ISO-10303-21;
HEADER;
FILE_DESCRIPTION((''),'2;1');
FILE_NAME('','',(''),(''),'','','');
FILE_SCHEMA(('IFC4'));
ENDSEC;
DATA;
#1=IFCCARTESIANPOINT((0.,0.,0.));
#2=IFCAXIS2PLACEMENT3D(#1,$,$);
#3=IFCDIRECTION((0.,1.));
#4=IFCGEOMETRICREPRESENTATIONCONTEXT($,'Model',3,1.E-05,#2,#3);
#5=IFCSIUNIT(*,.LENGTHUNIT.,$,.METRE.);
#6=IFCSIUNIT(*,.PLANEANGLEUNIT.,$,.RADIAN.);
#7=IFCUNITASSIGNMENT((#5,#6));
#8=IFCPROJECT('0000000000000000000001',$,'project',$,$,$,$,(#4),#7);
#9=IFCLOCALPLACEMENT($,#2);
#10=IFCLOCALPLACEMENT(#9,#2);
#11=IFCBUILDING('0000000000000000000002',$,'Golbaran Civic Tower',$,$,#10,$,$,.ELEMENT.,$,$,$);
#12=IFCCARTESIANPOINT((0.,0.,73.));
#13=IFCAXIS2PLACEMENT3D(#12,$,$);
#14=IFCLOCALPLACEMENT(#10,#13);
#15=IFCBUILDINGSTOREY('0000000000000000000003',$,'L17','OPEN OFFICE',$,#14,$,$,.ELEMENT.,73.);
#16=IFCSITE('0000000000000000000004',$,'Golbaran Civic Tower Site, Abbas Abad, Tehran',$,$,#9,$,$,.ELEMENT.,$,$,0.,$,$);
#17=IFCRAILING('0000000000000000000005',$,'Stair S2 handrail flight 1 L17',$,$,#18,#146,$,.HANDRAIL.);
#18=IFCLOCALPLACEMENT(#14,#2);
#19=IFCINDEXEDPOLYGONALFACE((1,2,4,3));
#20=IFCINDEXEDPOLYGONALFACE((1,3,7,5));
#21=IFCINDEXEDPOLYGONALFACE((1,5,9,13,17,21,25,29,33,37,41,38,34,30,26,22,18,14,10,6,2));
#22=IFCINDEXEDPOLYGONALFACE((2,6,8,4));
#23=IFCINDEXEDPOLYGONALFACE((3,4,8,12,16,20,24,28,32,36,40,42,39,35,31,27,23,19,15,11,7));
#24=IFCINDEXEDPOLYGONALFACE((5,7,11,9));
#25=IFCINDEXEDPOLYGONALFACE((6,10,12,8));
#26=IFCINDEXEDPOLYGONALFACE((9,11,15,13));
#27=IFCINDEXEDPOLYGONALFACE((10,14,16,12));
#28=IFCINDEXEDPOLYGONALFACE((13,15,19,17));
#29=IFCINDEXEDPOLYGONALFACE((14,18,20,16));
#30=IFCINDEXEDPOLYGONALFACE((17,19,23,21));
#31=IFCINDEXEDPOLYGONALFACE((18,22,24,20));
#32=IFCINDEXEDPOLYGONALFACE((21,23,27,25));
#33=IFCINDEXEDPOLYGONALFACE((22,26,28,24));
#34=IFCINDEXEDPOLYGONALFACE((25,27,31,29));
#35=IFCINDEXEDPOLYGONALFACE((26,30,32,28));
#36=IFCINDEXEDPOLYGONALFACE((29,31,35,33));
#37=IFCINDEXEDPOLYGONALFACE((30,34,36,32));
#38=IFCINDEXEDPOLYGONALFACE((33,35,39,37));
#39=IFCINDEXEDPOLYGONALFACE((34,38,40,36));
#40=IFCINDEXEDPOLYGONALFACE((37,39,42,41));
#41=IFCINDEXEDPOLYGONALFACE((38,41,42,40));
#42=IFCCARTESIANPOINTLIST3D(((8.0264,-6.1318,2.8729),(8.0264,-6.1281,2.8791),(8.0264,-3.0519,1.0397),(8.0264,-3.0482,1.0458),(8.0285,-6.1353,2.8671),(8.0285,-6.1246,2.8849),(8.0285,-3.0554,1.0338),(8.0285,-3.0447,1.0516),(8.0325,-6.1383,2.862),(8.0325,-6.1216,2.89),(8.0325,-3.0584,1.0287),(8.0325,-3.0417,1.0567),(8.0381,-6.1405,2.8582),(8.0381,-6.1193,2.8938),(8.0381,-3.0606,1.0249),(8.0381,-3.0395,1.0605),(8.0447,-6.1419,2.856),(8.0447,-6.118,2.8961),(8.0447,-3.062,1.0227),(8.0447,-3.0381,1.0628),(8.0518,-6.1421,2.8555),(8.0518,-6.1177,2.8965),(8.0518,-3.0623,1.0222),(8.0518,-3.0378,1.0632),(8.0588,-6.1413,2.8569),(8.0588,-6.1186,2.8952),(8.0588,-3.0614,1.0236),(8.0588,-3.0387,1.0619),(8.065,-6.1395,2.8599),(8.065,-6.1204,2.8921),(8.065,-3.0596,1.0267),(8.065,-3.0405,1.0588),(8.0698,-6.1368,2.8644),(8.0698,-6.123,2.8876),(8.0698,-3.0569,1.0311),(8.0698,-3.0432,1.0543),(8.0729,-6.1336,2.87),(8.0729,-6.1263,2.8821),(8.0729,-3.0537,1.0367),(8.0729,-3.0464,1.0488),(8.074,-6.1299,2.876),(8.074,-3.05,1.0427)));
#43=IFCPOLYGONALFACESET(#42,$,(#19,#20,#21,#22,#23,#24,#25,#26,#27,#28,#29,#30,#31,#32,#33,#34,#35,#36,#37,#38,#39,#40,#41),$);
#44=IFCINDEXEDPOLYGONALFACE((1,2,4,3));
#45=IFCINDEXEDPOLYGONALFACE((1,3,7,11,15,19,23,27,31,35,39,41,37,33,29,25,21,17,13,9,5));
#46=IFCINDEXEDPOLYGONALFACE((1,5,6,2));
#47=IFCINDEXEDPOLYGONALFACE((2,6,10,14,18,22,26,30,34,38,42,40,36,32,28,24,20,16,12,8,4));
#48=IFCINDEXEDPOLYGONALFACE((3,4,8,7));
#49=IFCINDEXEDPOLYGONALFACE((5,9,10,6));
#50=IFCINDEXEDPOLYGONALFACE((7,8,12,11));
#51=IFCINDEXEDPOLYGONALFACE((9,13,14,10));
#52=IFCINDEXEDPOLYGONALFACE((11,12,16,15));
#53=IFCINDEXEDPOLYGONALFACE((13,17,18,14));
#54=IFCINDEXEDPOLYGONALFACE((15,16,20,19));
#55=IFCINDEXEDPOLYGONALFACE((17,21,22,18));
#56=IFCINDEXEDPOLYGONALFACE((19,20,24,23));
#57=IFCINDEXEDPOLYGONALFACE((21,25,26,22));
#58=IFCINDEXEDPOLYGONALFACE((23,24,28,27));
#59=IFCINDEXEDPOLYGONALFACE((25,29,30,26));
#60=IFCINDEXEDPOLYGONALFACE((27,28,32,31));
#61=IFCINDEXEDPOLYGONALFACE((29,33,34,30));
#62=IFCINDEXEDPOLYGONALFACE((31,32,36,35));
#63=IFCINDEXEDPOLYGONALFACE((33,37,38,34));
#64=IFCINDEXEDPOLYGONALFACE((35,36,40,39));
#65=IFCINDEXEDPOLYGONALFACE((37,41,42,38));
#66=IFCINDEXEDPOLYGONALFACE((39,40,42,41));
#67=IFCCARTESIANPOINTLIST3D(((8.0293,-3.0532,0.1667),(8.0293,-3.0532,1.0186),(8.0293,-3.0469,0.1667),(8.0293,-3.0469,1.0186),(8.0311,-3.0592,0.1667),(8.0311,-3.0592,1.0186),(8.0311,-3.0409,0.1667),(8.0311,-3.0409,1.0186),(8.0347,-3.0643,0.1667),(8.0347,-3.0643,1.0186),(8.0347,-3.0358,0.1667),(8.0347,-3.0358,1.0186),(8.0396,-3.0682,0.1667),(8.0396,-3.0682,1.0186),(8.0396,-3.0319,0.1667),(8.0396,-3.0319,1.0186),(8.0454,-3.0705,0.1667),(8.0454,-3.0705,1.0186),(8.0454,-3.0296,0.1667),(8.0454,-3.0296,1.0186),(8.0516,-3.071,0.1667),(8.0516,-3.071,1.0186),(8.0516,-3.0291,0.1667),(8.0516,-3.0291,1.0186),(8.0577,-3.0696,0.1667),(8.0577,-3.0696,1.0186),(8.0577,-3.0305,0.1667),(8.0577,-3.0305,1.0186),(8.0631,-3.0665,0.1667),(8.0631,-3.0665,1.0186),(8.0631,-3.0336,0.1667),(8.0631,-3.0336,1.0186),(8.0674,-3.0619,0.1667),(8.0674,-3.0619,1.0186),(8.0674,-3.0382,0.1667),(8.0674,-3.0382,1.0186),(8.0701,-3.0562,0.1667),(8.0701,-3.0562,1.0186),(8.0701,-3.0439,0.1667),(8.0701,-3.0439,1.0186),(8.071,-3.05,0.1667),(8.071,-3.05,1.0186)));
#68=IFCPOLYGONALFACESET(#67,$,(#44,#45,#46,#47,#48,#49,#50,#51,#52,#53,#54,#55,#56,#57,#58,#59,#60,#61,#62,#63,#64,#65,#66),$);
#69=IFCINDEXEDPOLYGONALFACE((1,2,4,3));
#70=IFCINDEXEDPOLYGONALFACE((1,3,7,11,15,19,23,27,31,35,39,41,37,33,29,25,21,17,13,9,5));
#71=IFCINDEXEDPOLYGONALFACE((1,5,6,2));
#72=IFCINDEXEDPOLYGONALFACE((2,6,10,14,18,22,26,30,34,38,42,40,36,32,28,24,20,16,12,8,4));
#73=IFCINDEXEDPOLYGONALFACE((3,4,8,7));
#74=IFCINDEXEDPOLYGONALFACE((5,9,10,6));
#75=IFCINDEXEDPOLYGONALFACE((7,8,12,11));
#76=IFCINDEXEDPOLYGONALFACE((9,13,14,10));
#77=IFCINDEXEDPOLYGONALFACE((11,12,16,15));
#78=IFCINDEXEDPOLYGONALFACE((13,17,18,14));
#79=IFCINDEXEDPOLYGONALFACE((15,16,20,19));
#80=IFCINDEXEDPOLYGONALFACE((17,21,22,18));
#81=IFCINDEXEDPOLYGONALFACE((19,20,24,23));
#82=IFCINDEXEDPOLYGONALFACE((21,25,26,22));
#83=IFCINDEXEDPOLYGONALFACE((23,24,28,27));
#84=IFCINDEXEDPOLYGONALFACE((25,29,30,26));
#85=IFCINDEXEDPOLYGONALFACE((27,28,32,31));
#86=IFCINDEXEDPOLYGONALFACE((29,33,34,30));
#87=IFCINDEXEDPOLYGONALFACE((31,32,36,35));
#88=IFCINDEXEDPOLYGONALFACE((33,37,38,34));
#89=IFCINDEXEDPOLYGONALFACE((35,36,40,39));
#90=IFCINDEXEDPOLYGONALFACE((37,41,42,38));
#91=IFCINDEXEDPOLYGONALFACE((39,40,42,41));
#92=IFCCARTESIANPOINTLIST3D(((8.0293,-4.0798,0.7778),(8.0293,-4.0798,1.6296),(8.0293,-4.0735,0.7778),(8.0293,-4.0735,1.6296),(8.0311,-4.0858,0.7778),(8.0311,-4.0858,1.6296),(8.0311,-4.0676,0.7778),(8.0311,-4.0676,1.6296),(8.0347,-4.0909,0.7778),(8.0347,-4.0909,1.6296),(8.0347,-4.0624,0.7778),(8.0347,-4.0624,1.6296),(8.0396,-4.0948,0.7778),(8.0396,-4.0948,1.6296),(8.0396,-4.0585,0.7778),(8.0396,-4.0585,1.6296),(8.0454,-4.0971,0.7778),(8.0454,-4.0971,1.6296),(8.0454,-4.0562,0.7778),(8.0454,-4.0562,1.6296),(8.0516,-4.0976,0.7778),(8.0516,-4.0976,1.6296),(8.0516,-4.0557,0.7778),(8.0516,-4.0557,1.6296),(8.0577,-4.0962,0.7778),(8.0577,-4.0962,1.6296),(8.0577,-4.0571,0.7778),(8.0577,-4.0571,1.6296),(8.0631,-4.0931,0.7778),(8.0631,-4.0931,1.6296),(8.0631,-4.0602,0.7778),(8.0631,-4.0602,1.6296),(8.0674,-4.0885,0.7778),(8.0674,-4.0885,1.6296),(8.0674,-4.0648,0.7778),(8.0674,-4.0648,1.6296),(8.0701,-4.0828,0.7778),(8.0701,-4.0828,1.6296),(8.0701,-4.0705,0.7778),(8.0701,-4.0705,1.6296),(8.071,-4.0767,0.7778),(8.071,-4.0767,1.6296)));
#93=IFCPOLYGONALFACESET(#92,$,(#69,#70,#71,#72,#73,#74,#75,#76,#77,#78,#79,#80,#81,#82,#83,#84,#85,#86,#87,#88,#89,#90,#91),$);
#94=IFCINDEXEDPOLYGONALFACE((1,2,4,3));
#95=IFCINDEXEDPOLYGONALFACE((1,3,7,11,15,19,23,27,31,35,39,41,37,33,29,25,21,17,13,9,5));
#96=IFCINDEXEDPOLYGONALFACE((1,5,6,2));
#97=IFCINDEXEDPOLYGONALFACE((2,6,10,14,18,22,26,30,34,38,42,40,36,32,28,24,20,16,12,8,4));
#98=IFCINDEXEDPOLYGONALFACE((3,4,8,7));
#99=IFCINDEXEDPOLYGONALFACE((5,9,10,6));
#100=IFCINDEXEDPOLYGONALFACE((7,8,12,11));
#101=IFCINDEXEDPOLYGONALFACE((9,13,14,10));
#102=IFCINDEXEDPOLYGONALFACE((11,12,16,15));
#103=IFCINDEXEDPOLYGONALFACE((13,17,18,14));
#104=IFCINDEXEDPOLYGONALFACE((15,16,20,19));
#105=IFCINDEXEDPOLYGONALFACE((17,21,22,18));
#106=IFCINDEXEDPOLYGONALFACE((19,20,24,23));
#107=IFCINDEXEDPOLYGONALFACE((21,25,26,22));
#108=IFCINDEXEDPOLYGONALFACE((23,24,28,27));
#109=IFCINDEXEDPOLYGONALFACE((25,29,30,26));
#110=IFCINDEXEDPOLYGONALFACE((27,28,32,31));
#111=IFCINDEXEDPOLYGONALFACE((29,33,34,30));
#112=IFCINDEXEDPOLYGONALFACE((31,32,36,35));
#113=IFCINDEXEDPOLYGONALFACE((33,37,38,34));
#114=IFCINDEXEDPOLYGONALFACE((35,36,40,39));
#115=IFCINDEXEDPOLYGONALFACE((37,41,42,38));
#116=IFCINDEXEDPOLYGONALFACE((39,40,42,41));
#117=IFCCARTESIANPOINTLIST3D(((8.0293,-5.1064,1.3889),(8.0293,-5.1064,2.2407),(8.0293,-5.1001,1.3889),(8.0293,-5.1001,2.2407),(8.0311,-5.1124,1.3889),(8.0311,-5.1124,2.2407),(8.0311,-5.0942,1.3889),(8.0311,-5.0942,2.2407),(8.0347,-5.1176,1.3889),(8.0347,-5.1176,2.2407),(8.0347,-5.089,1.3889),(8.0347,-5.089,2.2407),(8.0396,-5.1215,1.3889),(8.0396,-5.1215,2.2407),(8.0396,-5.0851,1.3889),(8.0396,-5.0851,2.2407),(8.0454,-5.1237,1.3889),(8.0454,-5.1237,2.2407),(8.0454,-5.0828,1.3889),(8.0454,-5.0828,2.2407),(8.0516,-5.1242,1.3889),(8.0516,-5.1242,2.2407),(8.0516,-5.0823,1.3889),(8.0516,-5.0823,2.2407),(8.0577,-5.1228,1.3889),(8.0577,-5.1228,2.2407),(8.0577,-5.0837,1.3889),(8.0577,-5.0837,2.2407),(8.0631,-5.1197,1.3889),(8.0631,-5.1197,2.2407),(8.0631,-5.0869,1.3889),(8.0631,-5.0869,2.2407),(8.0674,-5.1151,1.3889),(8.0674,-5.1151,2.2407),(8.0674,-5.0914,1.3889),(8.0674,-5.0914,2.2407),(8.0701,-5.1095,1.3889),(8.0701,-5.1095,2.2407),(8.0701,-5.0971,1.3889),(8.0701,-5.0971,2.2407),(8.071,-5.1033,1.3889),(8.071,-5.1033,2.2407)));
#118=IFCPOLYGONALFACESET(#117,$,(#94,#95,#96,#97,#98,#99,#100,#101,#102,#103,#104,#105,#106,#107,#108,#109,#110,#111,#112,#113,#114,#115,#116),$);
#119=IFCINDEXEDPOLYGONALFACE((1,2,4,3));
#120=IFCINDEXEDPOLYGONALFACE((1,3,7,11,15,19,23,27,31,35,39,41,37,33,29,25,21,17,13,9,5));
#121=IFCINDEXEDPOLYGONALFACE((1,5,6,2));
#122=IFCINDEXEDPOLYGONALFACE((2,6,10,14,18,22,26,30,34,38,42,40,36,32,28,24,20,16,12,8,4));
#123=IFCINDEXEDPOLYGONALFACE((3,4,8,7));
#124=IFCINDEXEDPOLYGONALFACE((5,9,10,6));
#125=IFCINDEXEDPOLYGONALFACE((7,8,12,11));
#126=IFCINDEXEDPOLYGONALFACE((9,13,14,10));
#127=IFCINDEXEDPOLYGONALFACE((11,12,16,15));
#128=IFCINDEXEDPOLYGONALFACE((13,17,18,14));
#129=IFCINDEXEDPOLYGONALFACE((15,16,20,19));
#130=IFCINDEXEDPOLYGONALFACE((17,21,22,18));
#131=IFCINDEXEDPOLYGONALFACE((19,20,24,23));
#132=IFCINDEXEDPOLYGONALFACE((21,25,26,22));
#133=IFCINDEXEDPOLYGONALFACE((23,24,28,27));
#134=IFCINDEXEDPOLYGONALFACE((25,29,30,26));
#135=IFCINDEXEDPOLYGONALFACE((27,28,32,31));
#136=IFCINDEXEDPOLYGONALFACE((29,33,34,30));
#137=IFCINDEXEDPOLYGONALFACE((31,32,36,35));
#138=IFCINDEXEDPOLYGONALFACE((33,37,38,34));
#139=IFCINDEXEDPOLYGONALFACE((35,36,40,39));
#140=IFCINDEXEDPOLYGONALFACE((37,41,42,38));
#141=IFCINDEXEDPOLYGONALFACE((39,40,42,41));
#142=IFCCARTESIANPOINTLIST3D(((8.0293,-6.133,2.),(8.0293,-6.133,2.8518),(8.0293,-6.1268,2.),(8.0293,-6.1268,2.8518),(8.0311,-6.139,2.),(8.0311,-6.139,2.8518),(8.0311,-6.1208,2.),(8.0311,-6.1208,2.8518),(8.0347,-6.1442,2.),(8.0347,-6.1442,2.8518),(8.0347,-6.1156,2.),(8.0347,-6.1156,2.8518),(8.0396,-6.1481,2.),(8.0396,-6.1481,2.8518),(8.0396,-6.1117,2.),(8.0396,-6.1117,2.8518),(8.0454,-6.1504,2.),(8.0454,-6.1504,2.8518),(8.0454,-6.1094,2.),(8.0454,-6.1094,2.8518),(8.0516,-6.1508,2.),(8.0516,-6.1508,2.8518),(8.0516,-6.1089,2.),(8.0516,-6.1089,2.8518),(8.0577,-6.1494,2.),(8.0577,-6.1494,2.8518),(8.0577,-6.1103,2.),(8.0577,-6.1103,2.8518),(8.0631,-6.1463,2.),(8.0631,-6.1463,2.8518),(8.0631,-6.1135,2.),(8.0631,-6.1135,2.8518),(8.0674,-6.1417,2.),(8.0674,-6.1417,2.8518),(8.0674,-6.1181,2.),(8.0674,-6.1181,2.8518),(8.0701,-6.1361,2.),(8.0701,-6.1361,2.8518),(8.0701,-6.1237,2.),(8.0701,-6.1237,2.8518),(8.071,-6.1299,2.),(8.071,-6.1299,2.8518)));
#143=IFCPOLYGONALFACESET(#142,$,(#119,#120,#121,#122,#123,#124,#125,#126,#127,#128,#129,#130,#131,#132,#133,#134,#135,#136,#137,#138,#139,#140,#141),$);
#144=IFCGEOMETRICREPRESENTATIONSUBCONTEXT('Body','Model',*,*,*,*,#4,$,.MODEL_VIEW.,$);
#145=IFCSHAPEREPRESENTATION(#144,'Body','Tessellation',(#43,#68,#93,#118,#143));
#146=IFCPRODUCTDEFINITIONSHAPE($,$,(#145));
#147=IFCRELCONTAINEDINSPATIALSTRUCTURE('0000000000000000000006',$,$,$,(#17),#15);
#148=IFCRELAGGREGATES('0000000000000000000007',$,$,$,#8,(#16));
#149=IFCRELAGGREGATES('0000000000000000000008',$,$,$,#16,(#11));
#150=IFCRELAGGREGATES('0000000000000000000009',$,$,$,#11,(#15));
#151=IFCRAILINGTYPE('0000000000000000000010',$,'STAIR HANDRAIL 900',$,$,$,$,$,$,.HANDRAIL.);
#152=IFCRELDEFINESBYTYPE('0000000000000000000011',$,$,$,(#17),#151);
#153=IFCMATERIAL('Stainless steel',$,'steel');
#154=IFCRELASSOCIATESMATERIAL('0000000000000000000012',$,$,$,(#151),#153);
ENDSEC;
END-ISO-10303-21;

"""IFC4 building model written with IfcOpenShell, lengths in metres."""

from ifc_helpers import new_model, si_unit, direction, frame, origin, origin_2d, place, context, subcontext, project, spatial, circle, extrude, material, type_object, element, save


model = new_model("IFC4")

# Units and contexts
model_context = context("Model", 3, precision=1e-05, world=origin(), true_north=direction((0.0, 1.0)))
body_context = subcontext(model_context, "Body", "Model", "MODEL_VIEW")
ifc_project = project(units=[si_unit("LENGTHUNIT", "METRE"), si_unit("PLANEANGLEUNIT", "RADIAN")], contexts=[model_context])

# Site, building, storey
site_placement = place(None, origin())
site = spatial("IfcSite", under=ifc_project, at=site_placement, Name="Golbaran Civic Tower Site, Abbas Abad, Tehran", CompositionType="ELEMENT", RefElevation=0.0)
building_placement = place(site_placement, origin())
building = spatial("IfcBuilding", under=site, at=building_placement, Name="Golbaran Civic Tower", CompositionType="ELEMENT")
storey_placement = place(building_placement, frame((0.0, 0.0, 73.0)))
storey = spatial("IfcBuildingStorey", under=building, at=storey_placement, Name="L17", Description="OPEN OFFICE", CompositionType="ELEMENT", Elevation=73.0)

# Shared definitions
ifc_material_1 = material(Name="Stainless steel", Category="steel")

# Railing
railing_type = type_object("IfcRailingType", Name="STAIR HANDRAIL 900", PredefinedType="HANDRAIL", material=ifc_material_1)
railing_1_placement = place(storey_placement, frame((8.05, -3.05, 0.1667)))
element("IfcRailing", 1, at=railing_1_placement, inside=storey, type_object=railing_type, Name="Stair S2 handrail flight 1 L17", PredefinedType="HANDRAIL", context=body_context, shape_type="SweptSolid", body=[
    extrude(circle(Radius=0.0239, at=origin_2d()), frame((0.0, 0.0, 0.876), z_axis=(0.0, -0.859291, 0.511487), x_axis=(1.0, 0.0, 0.0)), (0.0, 0.0, 1.0), 3.5842),
    extrude(circle(Radius=0.021, at=origin_2d()), origin(), (0.0, 0.0, 1.0), 0.8518),
    extrude(circle(Radius=0.021, at=origin_2d()), frame((0.0, -1.0266, 0.6111)), (0.0, 0.0, 1.0), 0.8518),
    extrude(circle(Radius=0.021, at=origin_2d()), frame((0.0, -2.0532, 1.2222)), (0.0, 0.0, 1.0), 0.8518),
    extrude(circle(Radius=0.021, at=origin_2d()), frame((0.0, -3.0798, 1.8333)), (0.0, 0.0, 1.0), 0.8518),
])

save(model, "model.ifc")
